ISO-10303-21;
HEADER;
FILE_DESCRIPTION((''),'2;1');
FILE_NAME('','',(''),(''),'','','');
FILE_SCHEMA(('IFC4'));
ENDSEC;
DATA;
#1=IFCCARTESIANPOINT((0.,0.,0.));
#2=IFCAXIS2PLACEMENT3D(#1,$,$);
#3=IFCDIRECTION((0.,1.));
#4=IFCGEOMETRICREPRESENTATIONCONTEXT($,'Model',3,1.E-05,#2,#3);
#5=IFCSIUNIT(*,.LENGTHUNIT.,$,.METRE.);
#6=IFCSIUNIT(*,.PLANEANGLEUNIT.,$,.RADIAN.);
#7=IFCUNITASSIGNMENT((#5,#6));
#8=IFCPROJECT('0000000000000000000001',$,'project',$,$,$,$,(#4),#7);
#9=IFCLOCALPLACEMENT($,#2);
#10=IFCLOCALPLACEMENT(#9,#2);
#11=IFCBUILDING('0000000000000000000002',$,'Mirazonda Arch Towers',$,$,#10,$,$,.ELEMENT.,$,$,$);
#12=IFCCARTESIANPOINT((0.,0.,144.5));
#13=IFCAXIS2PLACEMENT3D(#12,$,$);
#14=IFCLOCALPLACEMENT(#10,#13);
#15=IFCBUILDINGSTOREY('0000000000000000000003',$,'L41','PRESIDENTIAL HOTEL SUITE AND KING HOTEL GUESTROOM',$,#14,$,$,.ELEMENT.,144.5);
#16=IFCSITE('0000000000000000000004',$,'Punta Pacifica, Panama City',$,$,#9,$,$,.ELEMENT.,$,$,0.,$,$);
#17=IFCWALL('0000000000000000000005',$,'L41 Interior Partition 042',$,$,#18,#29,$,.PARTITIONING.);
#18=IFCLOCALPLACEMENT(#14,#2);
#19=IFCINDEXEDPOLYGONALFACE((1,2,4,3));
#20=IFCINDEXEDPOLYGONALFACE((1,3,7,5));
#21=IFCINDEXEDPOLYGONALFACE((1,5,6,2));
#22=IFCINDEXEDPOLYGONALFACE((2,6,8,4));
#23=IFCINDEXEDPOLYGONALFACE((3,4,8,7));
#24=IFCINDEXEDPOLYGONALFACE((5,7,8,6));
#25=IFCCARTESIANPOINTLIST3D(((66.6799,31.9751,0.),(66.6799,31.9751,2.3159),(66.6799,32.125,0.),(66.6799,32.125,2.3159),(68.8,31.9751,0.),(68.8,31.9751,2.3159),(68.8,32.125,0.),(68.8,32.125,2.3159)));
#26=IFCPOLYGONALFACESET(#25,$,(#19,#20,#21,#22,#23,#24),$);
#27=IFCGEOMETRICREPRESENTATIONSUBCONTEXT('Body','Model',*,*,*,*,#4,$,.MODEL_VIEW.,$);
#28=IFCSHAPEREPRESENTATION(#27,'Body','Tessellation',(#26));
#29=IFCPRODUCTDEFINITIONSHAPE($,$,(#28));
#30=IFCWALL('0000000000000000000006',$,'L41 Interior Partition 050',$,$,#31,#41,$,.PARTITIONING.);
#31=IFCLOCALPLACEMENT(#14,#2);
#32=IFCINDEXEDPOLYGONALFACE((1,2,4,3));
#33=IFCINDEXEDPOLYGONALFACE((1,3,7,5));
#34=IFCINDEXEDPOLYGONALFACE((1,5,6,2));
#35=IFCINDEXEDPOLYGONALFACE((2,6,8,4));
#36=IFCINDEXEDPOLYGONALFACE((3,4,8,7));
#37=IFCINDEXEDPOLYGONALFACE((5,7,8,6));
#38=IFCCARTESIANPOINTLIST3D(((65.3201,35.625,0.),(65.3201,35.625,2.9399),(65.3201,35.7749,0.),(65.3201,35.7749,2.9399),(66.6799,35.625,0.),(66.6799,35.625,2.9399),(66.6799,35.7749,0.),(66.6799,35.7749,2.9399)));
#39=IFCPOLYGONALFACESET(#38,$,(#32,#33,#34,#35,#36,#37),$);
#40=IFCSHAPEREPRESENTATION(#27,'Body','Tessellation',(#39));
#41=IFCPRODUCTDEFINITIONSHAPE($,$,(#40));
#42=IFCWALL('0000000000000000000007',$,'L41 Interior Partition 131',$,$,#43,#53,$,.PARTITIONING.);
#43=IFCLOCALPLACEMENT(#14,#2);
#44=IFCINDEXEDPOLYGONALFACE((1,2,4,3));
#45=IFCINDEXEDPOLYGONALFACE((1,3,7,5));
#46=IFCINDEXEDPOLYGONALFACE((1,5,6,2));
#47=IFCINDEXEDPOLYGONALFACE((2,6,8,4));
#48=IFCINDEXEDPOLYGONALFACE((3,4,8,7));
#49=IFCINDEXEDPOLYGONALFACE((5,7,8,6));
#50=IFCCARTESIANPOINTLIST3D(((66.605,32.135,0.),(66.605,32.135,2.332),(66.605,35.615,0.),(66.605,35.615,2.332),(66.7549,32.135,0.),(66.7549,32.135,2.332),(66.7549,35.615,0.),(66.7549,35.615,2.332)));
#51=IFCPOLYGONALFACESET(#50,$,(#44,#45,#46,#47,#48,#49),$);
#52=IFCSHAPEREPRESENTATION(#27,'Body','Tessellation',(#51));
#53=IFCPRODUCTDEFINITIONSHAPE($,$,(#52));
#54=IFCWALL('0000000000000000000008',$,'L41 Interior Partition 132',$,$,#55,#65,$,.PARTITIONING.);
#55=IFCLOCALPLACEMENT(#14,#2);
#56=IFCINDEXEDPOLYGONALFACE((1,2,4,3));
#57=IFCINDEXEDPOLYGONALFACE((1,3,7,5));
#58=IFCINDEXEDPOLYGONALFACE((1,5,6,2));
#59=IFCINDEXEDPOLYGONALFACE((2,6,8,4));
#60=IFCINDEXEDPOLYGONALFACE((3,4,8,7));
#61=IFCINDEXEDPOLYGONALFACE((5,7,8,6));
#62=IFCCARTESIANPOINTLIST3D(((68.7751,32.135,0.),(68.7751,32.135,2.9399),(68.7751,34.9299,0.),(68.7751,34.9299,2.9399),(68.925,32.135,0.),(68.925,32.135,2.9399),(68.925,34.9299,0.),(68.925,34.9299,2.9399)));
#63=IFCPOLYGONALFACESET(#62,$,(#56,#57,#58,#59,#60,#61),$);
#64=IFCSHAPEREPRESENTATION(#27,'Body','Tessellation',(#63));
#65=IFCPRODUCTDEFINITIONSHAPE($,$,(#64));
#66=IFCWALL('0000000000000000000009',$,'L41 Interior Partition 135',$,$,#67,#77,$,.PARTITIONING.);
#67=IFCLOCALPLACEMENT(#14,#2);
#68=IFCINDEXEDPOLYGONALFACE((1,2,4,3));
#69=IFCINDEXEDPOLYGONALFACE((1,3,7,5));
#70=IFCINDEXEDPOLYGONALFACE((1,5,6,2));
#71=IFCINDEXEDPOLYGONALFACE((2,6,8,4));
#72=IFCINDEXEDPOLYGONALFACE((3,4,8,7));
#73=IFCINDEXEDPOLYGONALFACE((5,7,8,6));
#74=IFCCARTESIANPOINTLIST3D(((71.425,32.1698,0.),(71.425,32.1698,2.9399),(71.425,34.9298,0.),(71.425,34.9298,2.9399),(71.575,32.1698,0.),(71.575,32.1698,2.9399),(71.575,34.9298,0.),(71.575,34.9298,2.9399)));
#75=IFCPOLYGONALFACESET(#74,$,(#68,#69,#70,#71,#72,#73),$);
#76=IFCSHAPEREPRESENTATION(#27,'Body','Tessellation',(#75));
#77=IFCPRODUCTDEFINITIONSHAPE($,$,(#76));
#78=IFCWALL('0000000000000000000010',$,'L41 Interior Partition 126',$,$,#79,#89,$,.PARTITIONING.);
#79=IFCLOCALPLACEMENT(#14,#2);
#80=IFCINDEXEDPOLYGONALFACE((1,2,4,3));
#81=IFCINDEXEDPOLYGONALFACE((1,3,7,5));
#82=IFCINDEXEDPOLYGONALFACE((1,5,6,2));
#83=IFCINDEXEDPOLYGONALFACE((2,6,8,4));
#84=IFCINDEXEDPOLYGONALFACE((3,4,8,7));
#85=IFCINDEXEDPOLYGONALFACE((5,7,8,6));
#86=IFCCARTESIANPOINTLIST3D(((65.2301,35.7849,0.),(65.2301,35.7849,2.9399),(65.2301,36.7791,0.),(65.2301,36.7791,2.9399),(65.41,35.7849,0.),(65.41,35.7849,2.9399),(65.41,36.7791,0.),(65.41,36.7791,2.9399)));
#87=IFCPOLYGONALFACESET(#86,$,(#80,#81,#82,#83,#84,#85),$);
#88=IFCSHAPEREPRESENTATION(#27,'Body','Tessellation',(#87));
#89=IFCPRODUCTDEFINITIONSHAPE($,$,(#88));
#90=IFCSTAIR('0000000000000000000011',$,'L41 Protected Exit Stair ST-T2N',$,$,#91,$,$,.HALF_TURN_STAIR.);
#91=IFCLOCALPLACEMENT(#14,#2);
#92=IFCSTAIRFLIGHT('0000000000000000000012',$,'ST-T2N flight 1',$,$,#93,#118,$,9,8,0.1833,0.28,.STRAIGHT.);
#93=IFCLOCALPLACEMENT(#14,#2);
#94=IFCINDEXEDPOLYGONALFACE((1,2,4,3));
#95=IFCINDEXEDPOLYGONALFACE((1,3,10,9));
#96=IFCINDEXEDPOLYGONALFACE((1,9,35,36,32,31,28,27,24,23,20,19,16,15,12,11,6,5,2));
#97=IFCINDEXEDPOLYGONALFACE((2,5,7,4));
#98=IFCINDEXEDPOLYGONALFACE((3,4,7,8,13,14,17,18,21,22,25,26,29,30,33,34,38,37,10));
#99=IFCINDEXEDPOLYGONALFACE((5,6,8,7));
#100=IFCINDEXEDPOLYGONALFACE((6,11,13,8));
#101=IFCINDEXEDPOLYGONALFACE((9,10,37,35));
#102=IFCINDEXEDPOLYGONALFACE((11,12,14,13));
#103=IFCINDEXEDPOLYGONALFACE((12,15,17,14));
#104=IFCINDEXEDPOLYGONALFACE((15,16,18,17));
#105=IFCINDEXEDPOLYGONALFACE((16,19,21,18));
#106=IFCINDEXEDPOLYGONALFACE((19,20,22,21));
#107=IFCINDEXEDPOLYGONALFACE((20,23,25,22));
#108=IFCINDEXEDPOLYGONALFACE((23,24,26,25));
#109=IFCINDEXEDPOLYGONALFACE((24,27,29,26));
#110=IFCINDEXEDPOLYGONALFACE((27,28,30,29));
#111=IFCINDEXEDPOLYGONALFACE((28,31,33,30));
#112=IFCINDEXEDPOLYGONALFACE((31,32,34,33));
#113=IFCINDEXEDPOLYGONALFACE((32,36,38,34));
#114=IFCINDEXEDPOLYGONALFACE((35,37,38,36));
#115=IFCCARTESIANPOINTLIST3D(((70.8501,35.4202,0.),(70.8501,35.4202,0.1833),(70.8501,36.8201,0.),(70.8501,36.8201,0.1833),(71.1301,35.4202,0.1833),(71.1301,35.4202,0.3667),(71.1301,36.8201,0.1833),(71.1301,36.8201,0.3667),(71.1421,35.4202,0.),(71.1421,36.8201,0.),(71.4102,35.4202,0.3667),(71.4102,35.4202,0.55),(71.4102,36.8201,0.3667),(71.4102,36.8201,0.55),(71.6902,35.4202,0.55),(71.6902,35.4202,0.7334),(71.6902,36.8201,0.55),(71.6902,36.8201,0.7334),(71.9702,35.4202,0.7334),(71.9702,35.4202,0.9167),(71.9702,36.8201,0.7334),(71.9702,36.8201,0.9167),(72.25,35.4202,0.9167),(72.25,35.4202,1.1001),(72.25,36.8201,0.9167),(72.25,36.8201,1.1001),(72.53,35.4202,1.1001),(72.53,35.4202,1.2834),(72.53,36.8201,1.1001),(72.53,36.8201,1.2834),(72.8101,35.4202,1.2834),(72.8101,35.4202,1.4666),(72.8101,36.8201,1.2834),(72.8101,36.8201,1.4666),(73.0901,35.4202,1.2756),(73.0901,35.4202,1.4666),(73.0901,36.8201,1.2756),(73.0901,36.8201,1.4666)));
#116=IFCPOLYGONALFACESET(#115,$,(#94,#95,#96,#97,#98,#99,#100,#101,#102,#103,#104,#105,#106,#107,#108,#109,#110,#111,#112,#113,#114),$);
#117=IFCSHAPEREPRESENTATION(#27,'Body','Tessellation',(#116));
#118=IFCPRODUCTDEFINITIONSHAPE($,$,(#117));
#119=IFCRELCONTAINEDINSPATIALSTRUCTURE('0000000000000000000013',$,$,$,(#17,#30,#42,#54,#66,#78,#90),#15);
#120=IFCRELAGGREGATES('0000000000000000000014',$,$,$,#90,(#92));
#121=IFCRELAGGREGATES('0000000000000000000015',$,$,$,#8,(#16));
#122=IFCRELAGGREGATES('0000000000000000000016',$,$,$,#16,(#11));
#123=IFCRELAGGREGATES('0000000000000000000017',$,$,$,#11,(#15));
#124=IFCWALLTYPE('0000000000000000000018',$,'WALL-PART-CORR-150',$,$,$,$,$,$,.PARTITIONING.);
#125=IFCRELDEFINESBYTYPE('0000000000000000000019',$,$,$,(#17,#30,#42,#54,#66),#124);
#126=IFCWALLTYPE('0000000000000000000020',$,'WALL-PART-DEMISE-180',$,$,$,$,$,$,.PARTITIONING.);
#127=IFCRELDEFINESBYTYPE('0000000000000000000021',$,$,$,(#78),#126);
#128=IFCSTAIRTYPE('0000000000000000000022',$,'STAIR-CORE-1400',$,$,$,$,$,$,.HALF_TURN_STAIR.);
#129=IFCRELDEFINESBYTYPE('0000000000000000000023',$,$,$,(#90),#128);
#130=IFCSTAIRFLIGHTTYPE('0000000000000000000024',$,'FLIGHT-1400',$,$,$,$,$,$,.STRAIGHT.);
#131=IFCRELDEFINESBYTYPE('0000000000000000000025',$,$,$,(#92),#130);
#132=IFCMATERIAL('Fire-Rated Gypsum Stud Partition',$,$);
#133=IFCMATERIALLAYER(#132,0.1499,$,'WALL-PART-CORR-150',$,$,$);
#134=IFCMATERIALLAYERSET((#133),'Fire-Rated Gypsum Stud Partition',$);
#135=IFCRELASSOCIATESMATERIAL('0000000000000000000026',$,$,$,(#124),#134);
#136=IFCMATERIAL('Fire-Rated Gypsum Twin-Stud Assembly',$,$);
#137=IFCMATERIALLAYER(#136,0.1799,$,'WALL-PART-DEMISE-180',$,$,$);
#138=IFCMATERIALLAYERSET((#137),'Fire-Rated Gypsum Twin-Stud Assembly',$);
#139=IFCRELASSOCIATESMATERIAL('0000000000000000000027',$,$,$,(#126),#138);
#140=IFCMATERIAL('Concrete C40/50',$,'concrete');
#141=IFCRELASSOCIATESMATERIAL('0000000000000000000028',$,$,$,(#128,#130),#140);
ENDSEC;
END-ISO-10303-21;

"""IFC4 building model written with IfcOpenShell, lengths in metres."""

from ifc_helpers import new_model, si_unit, direction, frame, frame_2d, origin, place, context, subcontext, project, spatial, polyline, rectangle, outline, extrude, material, layer, layer_set, type_object, element, aggregate, save


model = new_model("IFC4")

# Units and contexts
model_context = context("Model", 3, precision=1e-05, world=origin(), true_north=direction((0.0, 1.0)))
body_context = subcontext(model_context, "Body", "Model", "MODEL_VIEW")
ifc_project = project(units=[si_unit("LENGTHUNIT", "METRE"), si_unit("PLANEANGLEUNIT", "RADIAN")], contexts=[model_context])

# Site, building, storey
site_placement = place(None, origin())
site = spatial("IfcSite", under=ifc_project, at=site_placement, Name="Punta Pacifica, Panama City", CompositionType="ELEMENT", RefElevation=0.0)
building_placement = place(site_placement, origin())
building = spatial("IfcBuilding", under=site, at=building_placement, Name="Mirazonda Arch Towers", CompositionType="ELEMENT")
storey_placement = place(building_placement, frame((0.0, 0.0, 144.5)))
storey = spatial("IfcBuildingStorey", under=building, at=storey_placement, Name="L41", Description="PRESIDENTIAL HOTEL SUITE AND KING HOTEL GUESTROOM", CompositionType="ELEMENT", Elevation=144.5)

# Shared definitions
ifc_material_1 = material(Name="Concrete C40/50", Category="concrete")
ifc_material_2 = material(Name="Fire-Rated Gypsum Stud Partition")
ifc_layer_1 = layer(ifc_material_2, 0.1499, Name="WALL-PART-CORR-150")
ifc_layer_set_1 = layer_set([ifc_layer_1], Name="Fire-Rated Gypsum Stud Partition")
wall_type_1 = type_object("IfcWallType", Name="WALL-PART-CORR-150", PredefinedType="PARTITIONING", material=ifc_layer_set_1)

# Walls
wall_1_placement = place(storey_placement, frame((66.6799, 32.05, 0.0), z_axis=(0.0, 0.0, 1.0), x_axis=(1.0, 0.0, 0.0)))
element("IfcWall", 1, at=wall_1_placement, inside=storey, type_object=wall_type_1, Name="L41 Interior Partition 042", PredefinedType="PARTITIONING", context=body_context, shape_type="SweptSolid", body=[
    extrude(rectangle(XDim=2.1201, YDim=0.1499, at=frame_2d((1.0601, 0.0))), origin(), (0.0, 0.0, 1.0), 2.3159),
])
wall_2_placement = place(storey_placement, frame((65.3201, 35.7, 0.0), z_axis=(0.0, 0.0, 1.0), x_axis=(1.0, 0.0, 0.0)))
element("IfcWall", 2, at=wall_2_placement, inside=storey, type_object=wall_type_1, Name="L41 Interior Partition 050", PredefinedType="PARTITIONING", context=body_context, shape_type="SweptSolid", body=[
    extrude(rectangle(XDim=1.3599, YDim=0.1499, at=frame_2d((0.6799, 0.0))), origin(), (0.0, 0.0, 1.0), 2.9399),
])
wall_3_placement = place(storey_placement, frame((66.6799, 32.135, 0.0), z_axis=(0.0, 0.0, 1.0), x_axis=(0.0, 1.0, 0.0)))
element("IfcWall", 3, at=wall_3_placement, inside=storey, type_object=wall_type_1, Name="L41 Interior Partition 131", PredefinedType="PARTITIONING", context=body_context, shape_type="SweptSolid", body=[
    extrude(rectangle(XDim=3.48, YDim=0.1499, at=frame_2d((1.74, 0.0))), origin(), (0.0, 0.0, 1.0), 2.332),
])
wall_4_placement = place(storey_placement, frame((68.8501, 32.135, 0.0), z_axis=(0.0, 0.0, 1.0), x_axis=(0.0, 1.0, 0.0)))
element("IfcWall", 4, at=wall_4_placement, inside=storey, type_object=wall_type_1, Name="L41 Interior Partition 132", PredefinedType="PARTITIONING", context=body_context, shape_type="SweptSolid", body=[
    extrude(rectangle(XDim=2.7949, YDim=0.1499, at=frame_2d((1.3975, 0.0))), origin(), (0.0, 0.0, 1.0), 2.9399),
])
wall_5_placement = place(storey_placement, frame((71.5, 32.1699, 0.0), z_axis=(0.0, 0.0, 1.0), x_axis=(0.0, 1.0, 0.0)))
element("IfcWall", 5, at=wall_5_placement, inside=storey, type_object=wall_type_1, Name="L41 Interior Partition 135", PredefinedType="PARTITIONING", context=body_context, shape_type="SweptSolid", body=[
    extrude(rectangle(XDim=2.76, YDim=0.1499, at=frame_2d((1.3799, 0.0))), origin(), (0.0, 0.0, 1.0), 2.9399),
])
ifc_material_3 = material(Name="Fire-Rated Gypsum Twin-Stud Assembly")
ifc_layer_2 = layer(ifc_material_3, 0.1799, Name="WALL-PART-DEMISE-180")
ifc_layer_set_2 = layer_set([ifc_layer_2], Name="Fire-Rated Gypsum Twin-Stud Assembly")
wall_type_2 = type_object("IfcWallType", Name="WALL-PART-DEMISE-180", PredefinedType="PARTITIONING", material=ifc_layer_set_2)
wall_6_placement = place(storey_placement, frame((65.3201, 35.7849, 0.0), z_axis=(0.0, 0.0, 1.0), x_axis=(0.0, 1.0, 0.0)))
element("IfcWall", 6, at=wall_6_placement, inside=storey, type_object=wall_type_2, Name="L41 Interior Partition 126", PredefinedType="PARTITIONING", context=body_context, shape_type="SweptSolid", body=[
    extrude(rectangle(XDim=0.9941, YDim=0.1799, at=frame_2d((0.4971, 0.0))), origin(), (0.0, 0.0, 1.0), 2.9399),
])

# Stair, stair flight
stair_type = type_object("IfcStairType", Name="STAIR-CORE-1400", PredefinedType="HALF_TURN_STAIR", material=ifc_material_1)
stair_placement = place(storey_placement, origin())
stair = element("IfcStair", 7, at=stair_placement, inside=storey, type_object=stair_type, Name="L41 Protected Exit Stair ST-T2N", PredefinedType="HALF_TURN_STAIR")
stair_flight_type = type_object("IfcStairFlightType", Name="FLIGHT-1400", PredefinedType="STRAIGHT", material=ifc_material_1)
stair_flight_placement = place(storey_placement, frame((70.8501, 36.1201, 0.0), z_axis=(0.0, 0.0, 1.0), x_axis=(1.0, 0.0, 0.0)))
stair_flight = element("IfcStairFlight", 8, at=stair_flight_placement, type_object=stair_flight_type, Name="ST-T2N flight 1", NumberOfRisers=9, NumberOfTreads=8, PredefinedType="STRAIGHT", RiserHeight=0.1833, TreadLength=0.28, context=body_context, shape_type="SweptSolid", body=[
    extrude(outline(polyline([(0.0, 0.0), (0.0, 0.1833), (0.28, 0.1833), (0.28, 0.3667), (0.5601, 0.3667), (0.5601, 0.55), (0.8401, 0.55), (0.8401, 0.7334), (1.1201, 0.7334), (1.1201, 0.9167), (1.3999, 0.9167), (1.3999, 1.1001), (1.6799, 1.1001), (1.6799, 1.2834), (1.96, 1.2834), (1.96, 1.4666), (2.24, 1.4666), (2.24, 1.6499), (2.24, 1.2756), (0.292, 0.0), (0.0, 0.0)])), frame((0.0, 0.7, 0.0), z_axis=(0.0, -1.0, 0.0), x_axis=(1.0, 0.0, 0.0)), (0.0, 0.0, 1.0), 1.3999),
])
aggregate(stair, [stair_flight])

save(model, "model.ifc")
